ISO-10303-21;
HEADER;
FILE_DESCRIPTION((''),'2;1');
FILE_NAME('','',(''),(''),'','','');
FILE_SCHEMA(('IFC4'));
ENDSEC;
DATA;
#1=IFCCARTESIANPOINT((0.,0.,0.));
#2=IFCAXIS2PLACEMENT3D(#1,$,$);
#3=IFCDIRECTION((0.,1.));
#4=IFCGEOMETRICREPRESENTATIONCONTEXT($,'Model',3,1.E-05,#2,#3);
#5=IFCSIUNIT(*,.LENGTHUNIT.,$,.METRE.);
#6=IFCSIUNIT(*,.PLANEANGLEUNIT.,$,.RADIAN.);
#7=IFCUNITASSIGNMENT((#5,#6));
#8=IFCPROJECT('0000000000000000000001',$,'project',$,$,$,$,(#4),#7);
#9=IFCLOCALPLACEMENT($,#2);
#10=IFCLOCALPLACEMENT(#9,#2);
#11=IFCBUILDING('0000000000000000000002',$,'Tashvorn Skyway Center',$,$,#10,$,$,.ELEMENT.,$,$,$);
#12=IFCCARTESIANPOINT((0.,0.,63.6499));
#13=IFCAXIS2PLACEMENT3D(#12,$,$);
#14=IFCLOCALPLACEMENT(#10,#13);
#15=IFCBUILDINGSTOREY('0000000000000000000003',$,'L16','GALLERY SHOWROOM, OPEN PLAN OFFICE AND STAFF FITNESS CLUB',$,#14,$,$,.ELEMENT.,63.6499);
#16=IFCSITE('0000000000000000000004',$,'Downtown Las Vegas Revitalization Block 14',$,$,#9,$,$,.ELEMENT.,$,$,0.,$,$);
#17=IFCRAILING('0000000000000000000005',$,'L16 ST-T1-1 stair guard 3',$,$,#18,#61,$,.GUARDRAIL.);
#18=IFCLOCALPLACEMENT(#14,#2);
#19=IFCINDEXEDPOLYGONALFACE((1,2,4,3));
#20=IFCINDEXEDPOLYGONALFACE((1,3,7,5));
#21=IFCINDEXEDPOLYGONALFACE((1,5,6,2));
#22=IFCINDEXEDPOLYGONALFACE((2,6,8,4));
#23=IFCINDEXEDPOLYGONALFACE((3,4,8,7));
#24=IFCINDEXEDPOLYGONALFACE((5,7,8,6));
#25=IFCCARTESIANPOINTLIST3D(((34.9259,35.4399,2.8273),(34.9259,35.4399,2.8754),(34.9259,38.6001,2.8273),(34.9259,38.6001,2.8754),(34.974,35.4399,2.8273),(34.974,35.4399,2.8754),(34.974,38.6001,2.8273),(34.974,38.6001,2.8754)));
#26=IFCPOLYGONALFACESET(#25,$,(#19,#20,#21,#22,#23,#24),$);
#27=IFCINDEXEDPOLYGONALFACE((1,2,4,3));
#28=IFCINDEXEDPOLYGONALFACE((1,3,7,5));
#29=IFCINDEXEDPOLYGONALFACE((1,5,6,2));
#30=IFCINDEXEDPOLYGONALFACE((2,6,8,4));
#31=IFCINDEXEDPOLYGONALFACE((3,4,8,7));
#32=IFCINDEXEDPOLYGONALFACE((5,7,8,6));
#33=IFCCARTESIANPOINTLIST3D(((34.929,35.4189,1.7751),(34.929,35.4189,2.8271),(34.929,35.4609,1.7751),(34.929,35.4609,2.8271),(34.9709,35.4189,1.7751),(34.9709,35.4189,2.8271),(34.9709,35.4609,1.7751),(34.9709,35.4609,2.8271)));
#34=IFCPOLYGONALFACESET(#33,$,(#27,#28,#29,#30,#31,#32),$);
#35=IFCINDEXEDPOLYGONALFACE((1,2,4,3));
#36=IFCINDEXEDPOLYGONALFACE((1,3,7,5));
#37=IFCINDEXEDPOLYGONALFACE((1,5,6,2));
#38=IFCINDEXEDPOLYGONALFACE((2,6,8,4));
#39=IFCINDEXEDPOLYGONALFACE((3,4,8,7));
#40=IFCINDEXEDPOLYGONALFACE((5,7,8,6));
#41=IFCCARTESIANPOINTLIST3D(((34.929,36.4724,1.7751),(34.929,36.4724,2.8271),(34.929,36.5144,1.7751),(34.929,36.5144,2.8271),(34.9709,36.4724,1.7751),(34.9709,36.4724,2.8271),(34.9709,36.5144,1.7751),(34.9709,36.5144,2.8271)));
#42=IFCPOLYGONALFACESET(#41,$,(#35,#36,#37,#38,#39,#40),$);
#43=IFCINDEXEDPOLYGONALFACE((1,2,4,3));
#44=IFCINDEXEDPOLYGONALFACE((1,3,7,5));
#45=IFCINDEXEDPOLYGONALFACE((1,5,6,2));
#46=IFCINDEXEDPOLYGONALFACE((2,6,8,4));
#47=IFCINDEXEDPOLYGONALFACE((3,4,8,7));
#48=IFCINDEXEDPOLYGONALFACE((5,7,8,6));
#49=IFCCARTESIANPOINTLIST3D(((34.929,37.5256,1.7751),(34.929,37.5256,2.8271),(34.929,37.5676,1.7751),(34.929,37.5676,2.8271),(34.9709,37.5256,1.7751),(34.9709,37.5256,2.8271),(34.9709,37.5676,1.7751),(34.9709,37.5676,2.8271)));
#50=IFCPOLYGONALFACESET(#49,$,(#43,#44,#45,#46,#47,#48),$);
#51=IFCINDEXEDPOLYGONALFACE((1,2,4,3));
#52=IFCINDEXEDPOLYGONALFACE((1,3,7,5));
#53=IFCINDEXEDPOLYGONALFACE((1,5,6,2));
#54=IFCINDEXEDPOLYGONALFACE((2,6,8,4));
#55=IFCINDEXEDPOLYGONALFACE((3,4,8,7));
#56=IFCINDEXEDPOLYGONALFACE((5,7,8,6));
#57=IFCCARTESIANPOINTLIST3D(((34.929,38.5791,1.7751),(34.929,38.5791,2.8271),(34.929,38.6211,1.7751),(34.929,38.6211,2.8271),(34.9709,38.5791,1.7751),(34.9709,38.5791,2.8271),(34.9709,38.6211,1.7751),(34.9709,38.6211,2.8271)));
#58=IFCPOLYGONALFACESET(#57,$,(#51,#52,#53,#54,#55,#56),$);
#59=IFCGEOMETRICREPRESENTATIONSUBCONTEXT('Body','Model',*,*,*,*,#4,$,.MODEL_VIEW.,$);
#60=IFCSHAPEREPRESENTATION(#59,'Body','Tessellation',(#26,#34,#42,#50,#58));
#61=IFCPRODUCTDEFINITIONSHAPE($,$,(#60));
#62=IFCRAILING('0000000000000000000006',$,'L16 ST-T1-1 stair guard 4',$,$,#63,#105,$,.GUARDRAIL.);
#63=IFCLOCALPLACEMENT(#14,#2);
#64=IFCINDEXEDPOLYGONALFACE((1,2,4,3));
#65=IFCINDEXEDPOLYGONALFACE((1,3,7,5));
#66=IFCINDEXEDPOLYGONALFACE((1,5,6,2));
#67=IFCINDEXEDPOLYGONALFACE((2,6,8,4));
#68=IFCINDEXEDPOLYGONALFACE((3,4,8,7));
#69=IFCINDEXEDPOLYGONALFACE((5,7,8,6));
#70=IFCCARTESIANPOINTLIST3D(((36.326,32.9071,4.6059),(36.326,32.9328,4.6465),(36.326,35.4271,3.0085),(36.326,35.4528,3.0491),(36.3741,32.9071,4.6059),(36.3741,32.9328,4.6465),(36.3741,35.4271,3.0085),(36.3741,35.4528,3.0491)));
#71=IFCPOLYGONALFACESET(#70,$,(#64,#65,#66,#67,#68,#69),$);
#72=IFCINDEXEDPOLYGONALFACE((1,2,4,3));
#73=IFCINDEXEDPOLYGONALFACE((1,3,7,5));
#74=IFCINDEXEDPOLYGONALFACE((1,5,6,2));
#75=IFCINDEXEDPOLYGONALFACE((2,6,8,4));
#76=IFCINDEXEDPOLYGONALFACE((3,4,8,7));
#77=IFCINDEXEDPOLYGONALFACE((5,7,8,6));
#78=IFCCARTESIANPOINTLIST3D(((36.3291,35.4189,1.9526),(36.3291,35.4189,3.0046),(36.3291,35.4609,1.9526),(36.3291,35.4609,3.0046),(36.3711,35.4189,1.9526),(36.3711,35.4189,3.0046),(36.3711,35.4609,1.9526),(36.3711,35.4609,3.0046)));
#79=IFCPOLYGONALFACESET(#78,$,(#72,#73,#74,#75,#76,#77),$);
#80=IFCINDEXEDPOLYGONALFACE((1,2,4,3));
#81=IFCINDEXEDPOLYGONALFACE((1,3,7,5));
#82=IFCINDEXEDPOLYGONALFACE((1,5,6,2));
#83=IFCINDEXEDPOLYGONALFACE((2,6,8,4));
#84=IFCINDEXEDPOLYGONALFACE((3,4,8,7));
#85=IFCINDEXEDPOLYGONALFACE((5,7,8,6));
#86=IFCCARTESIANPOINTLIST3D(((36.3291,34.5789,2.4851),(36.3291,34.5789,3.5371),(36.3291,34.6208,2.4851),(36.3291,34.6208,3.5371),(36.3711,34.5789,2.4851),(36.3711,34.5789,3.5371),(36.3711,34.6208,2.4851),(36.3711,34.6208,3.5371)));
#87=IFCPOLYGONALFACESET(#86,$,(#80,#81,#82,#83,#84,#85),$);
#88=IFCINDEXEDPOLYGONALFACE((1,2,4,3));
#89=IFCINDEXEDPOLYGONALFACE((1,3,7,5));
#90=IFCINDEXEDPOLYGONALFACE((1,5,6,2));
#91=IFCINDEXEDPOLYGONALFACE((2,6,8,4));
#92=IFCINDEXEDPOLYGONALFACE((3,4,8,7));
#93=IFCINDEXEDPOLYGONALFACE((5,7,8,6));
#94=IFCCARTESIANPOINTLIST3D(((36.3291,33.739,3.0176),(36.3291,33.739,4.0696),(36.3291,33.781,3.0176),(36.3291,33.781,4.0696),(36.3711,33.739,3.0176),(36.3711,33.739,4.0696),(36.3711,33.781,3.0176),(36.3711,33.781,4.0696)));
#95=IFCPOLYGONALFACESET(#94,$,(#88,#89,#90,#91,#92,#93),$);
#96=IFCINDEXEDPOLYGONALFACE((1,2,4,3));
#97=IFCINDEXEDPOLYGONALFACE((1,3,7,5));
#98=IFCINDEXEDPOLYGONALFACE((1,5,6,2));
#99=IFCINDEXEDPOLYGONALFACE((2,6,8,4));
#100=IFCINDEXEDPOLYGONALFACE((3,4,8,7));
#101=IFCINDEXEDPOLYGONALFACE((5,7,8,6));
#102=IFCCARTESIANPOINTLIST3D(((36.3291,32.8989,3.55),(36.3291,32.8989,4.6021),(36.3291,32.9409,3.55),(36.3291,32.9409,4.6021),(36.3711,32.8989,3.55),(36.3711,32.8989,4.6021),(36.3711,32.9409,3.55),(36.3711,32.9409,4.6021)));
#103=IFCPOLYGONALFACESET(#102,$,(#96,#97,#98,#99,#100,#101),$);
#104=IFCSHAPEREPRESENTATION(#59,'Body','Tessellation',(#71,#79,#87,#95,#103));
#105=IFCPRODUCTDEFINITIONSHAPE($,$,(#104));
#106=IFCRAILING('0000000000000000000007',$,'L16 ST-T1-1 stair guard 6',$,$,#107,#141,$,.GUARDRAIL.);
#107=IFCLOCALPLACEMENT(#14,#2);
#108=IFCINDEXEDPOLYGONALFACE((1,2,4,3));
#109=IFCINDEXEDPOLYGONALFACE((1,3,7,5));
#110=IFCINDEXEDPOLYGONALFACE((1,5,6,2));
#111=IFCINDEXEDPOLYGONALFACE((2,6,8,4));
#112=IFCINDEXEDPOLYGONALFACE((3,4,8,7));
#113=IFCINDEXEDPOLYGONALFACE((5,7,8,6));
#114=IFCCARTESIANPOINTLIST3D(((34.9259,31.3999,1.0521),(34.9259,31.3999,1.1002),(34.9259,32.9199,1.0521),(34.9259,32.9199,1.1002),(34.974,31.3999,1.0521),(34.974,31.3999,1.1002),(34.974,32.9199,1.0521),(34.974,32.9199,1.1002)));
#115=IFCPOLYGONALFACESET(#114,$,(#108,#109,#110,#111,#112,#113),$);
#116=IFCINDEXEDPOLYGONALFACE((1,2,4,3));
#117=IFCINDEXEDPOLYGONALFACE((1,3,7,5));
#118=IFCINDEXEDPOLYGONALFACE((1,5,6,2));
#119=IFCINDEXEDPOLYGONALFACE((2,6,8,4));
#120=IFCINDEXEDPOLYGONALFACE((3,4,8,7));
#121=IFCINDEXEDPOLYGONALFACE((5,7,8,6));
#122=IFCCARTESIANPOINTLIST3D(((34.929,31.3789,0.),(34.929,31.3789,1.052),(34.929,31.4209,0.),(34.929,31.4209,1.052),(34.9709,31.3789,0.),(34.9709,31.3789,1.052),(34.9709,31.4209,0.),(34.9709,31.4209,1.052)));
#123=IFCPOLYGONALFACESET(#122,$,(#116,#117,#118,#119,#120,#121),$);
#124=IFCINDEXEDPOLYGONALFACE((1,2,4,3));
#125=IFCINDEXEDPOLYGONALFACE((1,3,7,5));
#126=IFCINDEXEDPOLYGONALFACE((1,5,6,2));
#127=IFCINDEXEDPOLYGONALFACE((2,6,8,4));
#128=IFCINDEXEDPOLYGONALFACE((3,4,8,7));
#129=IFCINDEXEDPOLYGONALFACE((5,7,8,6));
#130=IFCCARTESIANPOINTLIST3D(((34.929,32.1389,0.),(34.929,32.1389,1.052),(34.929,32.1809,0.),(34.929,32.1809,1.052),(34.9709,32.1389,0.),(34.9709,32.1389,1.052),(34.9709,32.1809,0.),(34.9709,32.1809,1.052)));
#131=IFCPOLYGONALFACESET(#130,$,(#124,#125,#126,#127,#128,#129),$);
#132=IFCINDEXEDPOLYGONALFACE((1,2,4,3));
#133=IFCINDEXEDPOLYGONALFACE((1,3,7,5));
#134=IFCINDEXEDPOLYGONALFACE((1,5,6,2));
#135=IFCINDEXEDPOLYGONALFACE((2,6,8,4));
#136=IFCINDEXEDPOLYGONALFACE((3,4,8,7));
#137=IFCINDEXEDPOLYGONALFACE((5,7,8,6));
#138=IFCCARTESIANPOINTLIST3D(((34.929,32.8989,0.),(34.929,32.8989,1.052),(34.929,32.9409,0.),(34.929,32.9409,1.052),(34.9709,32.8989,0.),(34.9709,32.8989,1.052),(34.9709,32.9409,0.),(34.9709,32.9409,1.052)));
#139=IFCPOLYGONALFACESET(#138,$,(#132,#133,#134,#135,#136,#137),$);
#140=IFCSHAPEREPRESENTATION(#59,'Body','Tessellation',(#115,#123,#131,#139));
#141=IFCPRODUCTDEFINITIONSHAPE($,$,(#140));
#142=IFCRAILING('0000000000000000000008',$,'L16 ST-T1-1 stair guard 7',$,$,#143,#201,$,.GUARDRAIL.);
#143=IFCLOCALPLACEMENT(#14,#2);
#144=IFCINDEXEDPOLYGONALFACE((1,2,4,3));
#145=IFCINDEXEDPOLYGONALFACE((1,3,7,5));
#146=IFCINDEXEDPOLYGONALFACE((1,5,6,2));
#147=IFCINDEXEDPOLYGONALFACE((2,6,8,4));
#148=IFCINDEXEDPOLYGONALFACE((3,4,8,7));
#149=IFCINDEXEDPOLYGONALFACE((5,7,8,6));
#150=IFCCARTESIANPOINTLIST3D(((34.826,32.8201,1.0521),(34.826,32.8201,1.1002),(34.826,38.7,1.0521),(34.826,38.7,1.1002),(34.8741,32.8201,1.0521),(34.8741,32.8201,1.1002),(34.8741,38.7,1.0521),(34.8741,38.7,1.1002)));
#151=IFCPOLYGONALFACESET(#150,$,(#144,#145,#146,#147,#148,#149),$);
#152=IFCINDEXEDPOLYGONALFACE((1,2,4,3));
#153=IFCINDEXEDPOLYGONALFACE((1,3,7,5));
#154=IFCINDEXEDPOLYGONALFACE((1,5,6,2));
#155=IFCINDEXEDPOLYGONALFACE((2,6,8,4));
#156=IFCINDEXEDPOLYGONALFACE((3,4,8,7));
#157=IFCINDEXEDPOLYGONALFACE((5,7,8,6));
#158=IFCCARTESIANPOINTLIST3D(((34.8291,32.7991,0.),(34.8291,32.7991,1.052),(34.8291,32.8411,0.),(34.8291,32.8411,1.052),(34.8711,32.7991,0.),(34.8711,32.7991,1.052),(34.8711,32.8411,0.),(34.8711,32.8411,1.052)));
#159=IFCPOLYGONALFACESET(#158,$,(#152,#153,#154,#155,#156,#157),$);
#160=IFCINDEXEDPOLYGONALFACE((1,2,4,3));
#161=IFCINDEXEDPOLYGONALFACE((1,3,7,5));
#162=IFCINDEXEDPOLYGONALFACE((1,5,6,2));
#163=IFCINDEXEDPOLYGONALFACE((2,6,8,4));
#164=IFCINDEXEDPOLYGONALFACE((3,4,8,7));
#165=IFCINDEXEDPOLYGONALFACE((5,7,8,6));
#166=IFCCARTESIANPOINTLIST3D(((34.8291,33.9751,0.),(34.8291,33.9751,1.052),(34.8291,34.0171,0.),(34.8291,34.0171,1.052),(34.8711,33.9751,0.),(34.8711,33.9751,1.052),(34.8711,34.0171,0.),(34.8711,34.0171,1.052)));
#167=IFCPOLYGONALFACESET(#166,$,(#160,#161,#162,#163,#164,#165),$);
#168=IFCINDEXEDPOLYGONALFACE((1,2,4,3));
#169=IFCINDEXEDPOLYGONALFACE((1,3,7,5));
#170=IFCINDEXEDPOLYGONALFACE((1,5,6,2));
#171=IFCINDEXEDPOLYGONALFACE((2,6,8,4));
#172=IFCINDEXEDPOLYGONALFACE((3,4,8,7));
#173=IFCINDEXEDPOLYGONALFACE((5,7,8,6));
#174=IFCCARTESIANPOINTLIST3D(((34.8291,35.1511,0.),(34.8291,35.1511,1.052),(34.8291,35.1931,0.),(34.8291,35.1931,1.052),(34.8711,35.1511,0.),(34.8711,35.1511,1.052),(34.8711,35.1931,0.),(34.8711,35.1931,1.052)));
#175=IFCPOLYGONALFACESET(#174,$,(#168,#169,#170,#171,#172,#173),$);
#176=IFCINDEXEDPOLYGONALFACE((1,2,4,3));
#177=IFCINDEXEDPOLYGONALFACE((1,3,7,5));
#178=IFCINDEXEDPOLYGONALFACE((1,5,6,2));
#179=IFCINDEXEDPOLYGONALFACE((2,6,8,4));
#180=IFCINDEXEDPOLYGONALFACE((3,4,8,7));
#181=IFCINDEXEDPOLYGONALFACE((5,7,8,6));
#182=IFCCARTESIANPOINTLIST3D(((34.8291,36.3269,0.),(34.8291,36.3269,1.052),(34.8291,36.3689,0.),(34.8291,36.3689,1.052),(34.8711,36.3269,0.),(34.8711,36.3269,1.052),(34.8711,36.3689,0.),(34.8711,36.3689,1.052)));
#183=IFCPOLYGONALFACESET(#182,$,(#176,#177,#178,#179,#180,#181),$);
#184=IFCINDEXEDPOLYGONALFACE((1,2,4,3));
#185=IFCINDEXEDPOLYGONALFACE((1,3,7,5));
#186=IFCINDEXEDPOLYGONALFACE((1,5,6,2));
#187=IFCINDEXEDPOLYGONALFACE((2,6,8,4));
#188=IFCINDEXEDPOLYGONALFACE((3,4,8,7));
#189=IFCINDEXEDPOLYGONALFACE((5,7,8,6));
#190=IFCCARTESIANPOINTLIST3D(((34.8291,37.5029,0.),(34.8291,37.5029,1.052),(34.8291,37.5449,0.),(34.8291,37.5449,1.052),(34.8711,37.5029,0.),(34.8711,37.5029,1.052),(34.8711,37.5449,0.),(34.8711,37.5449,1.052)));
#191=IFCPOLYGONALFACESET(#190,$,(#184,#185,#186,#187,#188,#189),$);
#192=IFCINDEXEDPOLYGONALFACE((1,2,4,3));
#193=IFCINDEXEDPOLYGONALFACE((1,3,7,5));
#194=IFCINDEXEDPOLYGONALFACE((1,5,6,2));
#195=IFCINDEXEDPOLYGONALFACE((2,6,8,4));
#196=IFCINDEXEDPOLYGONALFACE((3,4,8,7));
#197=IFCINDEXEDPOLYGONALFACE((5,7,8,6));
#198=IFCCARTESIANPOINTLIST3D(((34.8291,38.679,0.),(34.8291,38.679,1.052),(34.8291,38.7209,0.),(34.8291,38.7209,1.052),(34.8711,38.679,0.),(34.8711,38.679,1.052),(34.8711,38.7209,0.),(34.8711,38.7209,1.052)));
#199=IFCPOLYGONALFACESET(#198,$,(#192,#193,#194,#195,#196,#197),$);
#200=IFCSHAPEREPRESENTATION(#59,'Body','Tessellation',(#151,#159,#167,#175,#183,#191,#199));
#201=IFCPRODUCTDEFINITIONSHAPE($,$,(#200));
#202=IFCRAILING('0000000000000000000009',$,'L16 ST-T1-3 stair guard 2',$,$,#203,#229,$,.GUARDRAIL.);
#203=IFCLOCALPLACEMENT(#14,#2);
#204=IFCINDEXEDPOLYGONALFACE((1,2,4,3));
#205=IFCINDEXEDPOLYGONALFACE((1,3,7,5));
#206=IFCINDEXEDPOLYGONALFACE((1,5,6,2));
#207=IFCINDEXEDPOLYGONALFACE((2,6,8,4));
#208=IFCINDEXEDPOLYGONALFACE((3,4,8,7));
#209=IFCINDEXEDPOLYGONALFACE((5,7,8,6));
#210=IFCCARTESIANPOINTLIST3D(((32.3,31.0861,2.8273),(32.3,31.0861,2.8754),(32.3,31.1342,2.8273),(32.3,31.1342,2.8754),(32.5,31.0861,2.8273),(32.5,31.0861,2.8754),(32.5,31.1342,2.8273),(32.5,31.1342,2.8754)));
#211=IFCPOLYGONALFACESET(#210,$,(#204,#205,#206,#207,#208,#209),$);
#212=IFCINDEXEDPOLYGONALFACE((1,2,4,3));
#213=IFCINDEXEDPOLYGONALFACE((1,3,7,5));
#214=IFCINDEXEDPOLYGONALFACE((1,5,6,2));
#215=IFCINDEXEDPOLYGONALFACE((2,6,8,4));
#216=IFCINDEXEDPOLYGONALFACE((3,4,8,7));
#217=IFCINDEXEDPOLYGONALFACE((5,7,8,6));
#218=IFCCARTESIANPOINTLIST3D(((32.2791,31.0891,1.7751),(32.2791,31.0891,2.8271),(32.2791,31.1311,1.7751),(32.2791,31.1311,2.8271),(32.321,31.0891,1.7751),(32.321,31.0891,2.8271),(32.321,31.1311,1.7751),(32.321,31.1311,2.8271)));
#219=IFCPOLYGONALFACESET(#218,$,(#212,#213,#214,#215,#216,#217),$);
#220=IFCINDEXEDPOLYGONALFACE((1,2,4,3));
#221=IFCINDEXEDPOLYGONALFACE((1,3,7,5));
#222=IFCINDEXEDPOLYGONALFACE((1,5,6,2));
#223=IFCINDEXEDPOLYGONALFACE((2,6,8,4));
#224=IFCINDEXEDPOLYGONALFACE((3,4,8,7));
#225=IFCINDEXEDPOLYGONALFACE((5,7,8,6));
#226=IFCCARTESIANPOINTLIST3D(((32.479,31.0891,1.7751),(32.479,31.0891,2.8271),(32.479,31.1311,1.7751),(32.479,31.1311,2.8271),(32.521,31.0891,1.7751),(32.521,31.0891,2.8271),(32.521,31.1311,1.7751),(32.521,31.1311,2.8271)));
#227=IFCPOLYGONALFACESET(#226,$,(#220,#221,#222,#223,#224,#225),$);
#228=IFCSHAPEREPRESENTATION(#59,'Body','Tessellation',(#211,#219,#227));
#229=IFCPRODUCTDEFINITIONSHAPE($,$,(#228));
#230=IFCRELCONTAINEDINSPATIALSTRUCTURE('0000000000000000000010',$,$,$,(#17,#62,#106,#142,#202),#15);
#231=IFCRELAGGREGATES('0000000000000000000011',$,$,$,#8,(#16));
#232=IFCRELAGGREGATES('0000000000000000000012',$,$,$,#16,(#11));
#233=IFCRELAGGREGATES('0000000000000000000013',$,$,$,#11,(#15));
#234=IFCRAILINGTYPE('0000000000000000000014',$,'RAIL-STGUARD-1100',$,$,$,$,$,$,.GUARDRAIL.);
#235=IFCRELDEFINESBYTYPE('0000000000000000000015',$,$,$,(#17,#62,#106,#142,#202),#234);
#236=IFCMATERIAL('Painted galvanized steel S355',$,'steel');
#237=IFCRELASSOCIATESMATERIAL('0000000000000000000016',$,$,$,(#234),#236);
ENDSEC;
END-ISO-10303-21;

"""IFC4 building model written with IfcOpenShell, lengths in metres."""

from ifc_helpers import new_model, si_unit, direction, frame, origin, origin_2d, place, context, subcontext, project, spatial, rectangle, extrude, material, type_object, element, save


model = new_model("IFC4")

# Units and contexts
model_context = context("Model", 3, precision=1e-05, world=origin(), true_north=direction((0.0, 1.0)))
body_context = subcontext(model_context, "Body", "Model", "MODEL_VIEW")
ifc_project = project(units=[si_unit("LENGTHUNIT", "METRE"), si_unit("PLANEANGLEUNIT", "RADIAN")], contexts=[model_context])

# Site, building, storey
site_placement = place(None, origin())
site = spatial("IfcSite", under=ifc_project, at=site_placement, Name="Downtown Las Vegas Revitalization Block 14", CompositionType="ELEMENT", RefElevation=0.0)
building_placement = place(site_placement, origin())
building = spatial("IfcBuilding", under=site, at=building_placement, Name="Tashvorn Skyway Center", CompositionType="ELEMENT")
storey_placement = place(building_placement, frame((0.0, 0.0, 63.6499)))
storey = spatial("IfcBuildingStorey", under=building, at=storey_placement, Name="L16", Description="GALLERY SHOWROOM, OPEN PLAN OFFICE AND STAFF FITNESS CLUB", CompositionType="ELEMENT", Elevation=63.6499)

# Railings
ifc_material_1 = material(Name="Painted galvanized steel S355", Category="steel")
railing_type_1 = type_object("IfcRailingType", Name="RAIL-STGUARD-1100", PredefinedType="GUARDRAIL", material=ifc_material_1)
railing_1_placement = place(storey_placement, frame((34.95, 35.4399, 1.7751)))
element("IfcRailing", 1, at=railing_1_placement, inside=storey, type_object=railing_type_1, Name="L16 ST-T1-1 stair guard 3", PredefinedType="GUARDRAIL", context=body_context, shape_type="SweptSolid", body=[
    extrude(rectangle(XDim=0.0481, YDim=0.0481, at=origin_2d()), frame((0.0, 0.0, 1.0762), z_axis=(0.0, 1.0, 0.0), x_axis=(-1.0, 0.0, 0.0)), (0.0, 0.0, 1.0), 3.1602),
    extrude(rectangle(XDim=0.042, YDim=0.042, at=origin_2d()), origin(), (0.0, 0.0, 1.0), 1.052),
    extrude(rectangle(XDim=0.042, YDim=0.042, at=origin_2d()), frame((0.0, 1.0535, 0.0)), (0.0, 0.0, 1.0), 1.052),
    extrude(rectangle(XDim=0.042, YDim=0.042, at=origin_2d()), frame((0.0, 2.1067, 0.0)), (0.0, 0.0, 1.0), 1.052),
    extrude(rectangle(XDim=0.042, YDim=0.042, at=origin_2d()), frame((0.0, 3.1602, 0.0)), (0.0, 0.0, 1.0), 1.052),
])
railing_2_placement = place(storey_placement, frame((36.3501, 35.4399, 1.9526)))
element("IfcRailing", 2, at=railing_2_placement, inside=storey, type_object=railing_type_1, Name="L16 ST-T1-1 stair guard 4", PredefinedType="GUARDRAIL", context=body_context, shape_type="SweptSolid", body=[
    extrude(rectangle(XDim=0.0481, YDim=0.0481, at=origin_2d()), frame((0.0, 0.0, 1.0762), z_axis=(0.0, -0.844607, 0.535387), x_axis=(1.0, 0.0, 0.0)), (0.0, 0.0, 1.0), 2.9836),
    extrude(rectangle(XDim=0.042, YDim=0.042, at=origin_2d()), origin(), (0.0, 0.0, 1.0), 1.052),
    extrude(rectangle(XDim=0.042, YDim=0.042, at=origin_2d()), frame((0.0, -0.8401, 0.5325)), (0.0, 0.0, 1.0), 1.052),
    extrude(rectangle(XDim=0.042, YDim=0.042, at=origin_2d()), frame((0.0, -1.6799, 1.0649)), (0.0, 0.0, 1.0), 1.052),
    extrude(rectangle(XDim=0.042, YDim=0.042, at=origin_2d()), frame((0.0, -2.52, 1.5974)), (0.0, 0.0, 1.0), 1.052),
])
railing_3_placement = place(storey_placement, frame((34.95, 31.3999, 0.0)))
element("IfcRailing", 3, at=railing_3_placement, inside=storey, type_object=railing_type_1, Name="L16 ST-T1-1 stair guard 6", PredefinedType="GUARDRAIL", context=body_context, shape_type="SweptSolid", body=[
    extrude(rectangle(XDim=0.0481, YDim=0.0481, at=origin_2d()), frame((0.0, 0.0, 1.0762), z_axis=(0.0, 1.0, 0.0), x_axis=(-1.0, 0.0, 0.0)), (0.0, 0.0, 1.0), 1.52),
    extrude(rectangle(XDim=0.042, YDim=0.042, at=origin_2d()), origin(), (0.0, 0.0, 1.0), 1.052),
    extrude(rectangle(XDim=0.042, YDim=0.042, at=origin_2d()), frame((0.0, 0.76, 0.0)), (0.0, 0.0, 1.0), 1.052),
    extrude(rectangle(XDim=0.042, YDim=0.042, at=origin_2d()), frame((0.0, 1.52, 0.0)), (0.0, 0.0, 1.0), 1.052),
])
railing_4_placement = place(storey_placement, frame((34.8501, 32.8201, 0.0)))
element("IfcRailing", 4, at=railing_4_placement, inside=storey, type_object=railing_type_1, Name="L16 ST-T1-1 stair guard 7", PredefinedType="GUARDRAIL", context=body_context, shape_type="SweptSolid", body=[
    extrude(rectangle(XDim=0.0481, YDim=0.0481, at=origin_2d()), frame((0.0, 0.0, 1.0762), z_axis=(0.0, 1.0, 0.0), x_axis=(-1.0, 0.0, 0.0)), (0.0, 0.0, 1.0), 5.8799),
    extrude(rectangle(XDim=0.042, YDim=0.042, at=origin_2d()), origin(), (0.0, 0.0, 1.0), 1.052),
    extrude(rectangle(XDim=0.042, YDim=0.042, at=origin_2d()), frame((0.0, 1.176, 0.0)), (0.0, 0.0, 1.0), 1.052),
    extrude(rectangle(XDim=0.042, YDim=0.042, at=origin_2d()), frame((0.0, 2.3521, 0.0)), (0.0, 0.0, 1.0), 1.052),
    extrude(rectangle(XDim=0.042, YDim=0.042, at=origin_2d()), frame((0.0, 3.5278, 0.0)), (0.0, 0.0, 1.0), 1.052),
    extrude(rectangle(XDim=0.042, YDim=0.042, at=origin_2d()), frame((0.0, 4.7039, 0.0)), (0.0, 0.0, 1.0), 1.052),
    extrude(rectangle(XDim=0.042, YDim=0.042, at=origin_2d()), frame((0.0, 5.8799, 0.0)), (0.0, 0.0, 1.0), 1.052),
])
railing_5_placement = place(storey_placement, frame((32.3, 31.1101, 1.7751)))
element("IfcRailing", 5, at=railing_5_placement, inside=storey, type_object=railing_type_1, Name="L16 ST-T1-3 stair guard 2", PredefinedType="GUARDRAIL", context=body_context, shape_type="SweptSolid", body=[
    extrude(rectangle(XDim=0.0481, YDim=0.0481, at=origin_2d()), frame((0.0, 0.0, 1.0762), z_axis=(1.0, 0.0, 0.0), x_axis=(0.0, 1.0, 0.0)), (0.0, 0.0, 1.0), 0.2),
    extrude(rectangle(XDim=0.042, YDim=0.042, at=origin_2d()), origin(), (0.0, 0.0, 1.0), 1.052),
    extrude(rectangle(XDim=0.042, YDim=0.042, at=origin_2d()), frame((0.2, 0.0, 0.0)), (0.0, 0.0, 1.0), 1.052),
])

save(model, "model.ifc")
